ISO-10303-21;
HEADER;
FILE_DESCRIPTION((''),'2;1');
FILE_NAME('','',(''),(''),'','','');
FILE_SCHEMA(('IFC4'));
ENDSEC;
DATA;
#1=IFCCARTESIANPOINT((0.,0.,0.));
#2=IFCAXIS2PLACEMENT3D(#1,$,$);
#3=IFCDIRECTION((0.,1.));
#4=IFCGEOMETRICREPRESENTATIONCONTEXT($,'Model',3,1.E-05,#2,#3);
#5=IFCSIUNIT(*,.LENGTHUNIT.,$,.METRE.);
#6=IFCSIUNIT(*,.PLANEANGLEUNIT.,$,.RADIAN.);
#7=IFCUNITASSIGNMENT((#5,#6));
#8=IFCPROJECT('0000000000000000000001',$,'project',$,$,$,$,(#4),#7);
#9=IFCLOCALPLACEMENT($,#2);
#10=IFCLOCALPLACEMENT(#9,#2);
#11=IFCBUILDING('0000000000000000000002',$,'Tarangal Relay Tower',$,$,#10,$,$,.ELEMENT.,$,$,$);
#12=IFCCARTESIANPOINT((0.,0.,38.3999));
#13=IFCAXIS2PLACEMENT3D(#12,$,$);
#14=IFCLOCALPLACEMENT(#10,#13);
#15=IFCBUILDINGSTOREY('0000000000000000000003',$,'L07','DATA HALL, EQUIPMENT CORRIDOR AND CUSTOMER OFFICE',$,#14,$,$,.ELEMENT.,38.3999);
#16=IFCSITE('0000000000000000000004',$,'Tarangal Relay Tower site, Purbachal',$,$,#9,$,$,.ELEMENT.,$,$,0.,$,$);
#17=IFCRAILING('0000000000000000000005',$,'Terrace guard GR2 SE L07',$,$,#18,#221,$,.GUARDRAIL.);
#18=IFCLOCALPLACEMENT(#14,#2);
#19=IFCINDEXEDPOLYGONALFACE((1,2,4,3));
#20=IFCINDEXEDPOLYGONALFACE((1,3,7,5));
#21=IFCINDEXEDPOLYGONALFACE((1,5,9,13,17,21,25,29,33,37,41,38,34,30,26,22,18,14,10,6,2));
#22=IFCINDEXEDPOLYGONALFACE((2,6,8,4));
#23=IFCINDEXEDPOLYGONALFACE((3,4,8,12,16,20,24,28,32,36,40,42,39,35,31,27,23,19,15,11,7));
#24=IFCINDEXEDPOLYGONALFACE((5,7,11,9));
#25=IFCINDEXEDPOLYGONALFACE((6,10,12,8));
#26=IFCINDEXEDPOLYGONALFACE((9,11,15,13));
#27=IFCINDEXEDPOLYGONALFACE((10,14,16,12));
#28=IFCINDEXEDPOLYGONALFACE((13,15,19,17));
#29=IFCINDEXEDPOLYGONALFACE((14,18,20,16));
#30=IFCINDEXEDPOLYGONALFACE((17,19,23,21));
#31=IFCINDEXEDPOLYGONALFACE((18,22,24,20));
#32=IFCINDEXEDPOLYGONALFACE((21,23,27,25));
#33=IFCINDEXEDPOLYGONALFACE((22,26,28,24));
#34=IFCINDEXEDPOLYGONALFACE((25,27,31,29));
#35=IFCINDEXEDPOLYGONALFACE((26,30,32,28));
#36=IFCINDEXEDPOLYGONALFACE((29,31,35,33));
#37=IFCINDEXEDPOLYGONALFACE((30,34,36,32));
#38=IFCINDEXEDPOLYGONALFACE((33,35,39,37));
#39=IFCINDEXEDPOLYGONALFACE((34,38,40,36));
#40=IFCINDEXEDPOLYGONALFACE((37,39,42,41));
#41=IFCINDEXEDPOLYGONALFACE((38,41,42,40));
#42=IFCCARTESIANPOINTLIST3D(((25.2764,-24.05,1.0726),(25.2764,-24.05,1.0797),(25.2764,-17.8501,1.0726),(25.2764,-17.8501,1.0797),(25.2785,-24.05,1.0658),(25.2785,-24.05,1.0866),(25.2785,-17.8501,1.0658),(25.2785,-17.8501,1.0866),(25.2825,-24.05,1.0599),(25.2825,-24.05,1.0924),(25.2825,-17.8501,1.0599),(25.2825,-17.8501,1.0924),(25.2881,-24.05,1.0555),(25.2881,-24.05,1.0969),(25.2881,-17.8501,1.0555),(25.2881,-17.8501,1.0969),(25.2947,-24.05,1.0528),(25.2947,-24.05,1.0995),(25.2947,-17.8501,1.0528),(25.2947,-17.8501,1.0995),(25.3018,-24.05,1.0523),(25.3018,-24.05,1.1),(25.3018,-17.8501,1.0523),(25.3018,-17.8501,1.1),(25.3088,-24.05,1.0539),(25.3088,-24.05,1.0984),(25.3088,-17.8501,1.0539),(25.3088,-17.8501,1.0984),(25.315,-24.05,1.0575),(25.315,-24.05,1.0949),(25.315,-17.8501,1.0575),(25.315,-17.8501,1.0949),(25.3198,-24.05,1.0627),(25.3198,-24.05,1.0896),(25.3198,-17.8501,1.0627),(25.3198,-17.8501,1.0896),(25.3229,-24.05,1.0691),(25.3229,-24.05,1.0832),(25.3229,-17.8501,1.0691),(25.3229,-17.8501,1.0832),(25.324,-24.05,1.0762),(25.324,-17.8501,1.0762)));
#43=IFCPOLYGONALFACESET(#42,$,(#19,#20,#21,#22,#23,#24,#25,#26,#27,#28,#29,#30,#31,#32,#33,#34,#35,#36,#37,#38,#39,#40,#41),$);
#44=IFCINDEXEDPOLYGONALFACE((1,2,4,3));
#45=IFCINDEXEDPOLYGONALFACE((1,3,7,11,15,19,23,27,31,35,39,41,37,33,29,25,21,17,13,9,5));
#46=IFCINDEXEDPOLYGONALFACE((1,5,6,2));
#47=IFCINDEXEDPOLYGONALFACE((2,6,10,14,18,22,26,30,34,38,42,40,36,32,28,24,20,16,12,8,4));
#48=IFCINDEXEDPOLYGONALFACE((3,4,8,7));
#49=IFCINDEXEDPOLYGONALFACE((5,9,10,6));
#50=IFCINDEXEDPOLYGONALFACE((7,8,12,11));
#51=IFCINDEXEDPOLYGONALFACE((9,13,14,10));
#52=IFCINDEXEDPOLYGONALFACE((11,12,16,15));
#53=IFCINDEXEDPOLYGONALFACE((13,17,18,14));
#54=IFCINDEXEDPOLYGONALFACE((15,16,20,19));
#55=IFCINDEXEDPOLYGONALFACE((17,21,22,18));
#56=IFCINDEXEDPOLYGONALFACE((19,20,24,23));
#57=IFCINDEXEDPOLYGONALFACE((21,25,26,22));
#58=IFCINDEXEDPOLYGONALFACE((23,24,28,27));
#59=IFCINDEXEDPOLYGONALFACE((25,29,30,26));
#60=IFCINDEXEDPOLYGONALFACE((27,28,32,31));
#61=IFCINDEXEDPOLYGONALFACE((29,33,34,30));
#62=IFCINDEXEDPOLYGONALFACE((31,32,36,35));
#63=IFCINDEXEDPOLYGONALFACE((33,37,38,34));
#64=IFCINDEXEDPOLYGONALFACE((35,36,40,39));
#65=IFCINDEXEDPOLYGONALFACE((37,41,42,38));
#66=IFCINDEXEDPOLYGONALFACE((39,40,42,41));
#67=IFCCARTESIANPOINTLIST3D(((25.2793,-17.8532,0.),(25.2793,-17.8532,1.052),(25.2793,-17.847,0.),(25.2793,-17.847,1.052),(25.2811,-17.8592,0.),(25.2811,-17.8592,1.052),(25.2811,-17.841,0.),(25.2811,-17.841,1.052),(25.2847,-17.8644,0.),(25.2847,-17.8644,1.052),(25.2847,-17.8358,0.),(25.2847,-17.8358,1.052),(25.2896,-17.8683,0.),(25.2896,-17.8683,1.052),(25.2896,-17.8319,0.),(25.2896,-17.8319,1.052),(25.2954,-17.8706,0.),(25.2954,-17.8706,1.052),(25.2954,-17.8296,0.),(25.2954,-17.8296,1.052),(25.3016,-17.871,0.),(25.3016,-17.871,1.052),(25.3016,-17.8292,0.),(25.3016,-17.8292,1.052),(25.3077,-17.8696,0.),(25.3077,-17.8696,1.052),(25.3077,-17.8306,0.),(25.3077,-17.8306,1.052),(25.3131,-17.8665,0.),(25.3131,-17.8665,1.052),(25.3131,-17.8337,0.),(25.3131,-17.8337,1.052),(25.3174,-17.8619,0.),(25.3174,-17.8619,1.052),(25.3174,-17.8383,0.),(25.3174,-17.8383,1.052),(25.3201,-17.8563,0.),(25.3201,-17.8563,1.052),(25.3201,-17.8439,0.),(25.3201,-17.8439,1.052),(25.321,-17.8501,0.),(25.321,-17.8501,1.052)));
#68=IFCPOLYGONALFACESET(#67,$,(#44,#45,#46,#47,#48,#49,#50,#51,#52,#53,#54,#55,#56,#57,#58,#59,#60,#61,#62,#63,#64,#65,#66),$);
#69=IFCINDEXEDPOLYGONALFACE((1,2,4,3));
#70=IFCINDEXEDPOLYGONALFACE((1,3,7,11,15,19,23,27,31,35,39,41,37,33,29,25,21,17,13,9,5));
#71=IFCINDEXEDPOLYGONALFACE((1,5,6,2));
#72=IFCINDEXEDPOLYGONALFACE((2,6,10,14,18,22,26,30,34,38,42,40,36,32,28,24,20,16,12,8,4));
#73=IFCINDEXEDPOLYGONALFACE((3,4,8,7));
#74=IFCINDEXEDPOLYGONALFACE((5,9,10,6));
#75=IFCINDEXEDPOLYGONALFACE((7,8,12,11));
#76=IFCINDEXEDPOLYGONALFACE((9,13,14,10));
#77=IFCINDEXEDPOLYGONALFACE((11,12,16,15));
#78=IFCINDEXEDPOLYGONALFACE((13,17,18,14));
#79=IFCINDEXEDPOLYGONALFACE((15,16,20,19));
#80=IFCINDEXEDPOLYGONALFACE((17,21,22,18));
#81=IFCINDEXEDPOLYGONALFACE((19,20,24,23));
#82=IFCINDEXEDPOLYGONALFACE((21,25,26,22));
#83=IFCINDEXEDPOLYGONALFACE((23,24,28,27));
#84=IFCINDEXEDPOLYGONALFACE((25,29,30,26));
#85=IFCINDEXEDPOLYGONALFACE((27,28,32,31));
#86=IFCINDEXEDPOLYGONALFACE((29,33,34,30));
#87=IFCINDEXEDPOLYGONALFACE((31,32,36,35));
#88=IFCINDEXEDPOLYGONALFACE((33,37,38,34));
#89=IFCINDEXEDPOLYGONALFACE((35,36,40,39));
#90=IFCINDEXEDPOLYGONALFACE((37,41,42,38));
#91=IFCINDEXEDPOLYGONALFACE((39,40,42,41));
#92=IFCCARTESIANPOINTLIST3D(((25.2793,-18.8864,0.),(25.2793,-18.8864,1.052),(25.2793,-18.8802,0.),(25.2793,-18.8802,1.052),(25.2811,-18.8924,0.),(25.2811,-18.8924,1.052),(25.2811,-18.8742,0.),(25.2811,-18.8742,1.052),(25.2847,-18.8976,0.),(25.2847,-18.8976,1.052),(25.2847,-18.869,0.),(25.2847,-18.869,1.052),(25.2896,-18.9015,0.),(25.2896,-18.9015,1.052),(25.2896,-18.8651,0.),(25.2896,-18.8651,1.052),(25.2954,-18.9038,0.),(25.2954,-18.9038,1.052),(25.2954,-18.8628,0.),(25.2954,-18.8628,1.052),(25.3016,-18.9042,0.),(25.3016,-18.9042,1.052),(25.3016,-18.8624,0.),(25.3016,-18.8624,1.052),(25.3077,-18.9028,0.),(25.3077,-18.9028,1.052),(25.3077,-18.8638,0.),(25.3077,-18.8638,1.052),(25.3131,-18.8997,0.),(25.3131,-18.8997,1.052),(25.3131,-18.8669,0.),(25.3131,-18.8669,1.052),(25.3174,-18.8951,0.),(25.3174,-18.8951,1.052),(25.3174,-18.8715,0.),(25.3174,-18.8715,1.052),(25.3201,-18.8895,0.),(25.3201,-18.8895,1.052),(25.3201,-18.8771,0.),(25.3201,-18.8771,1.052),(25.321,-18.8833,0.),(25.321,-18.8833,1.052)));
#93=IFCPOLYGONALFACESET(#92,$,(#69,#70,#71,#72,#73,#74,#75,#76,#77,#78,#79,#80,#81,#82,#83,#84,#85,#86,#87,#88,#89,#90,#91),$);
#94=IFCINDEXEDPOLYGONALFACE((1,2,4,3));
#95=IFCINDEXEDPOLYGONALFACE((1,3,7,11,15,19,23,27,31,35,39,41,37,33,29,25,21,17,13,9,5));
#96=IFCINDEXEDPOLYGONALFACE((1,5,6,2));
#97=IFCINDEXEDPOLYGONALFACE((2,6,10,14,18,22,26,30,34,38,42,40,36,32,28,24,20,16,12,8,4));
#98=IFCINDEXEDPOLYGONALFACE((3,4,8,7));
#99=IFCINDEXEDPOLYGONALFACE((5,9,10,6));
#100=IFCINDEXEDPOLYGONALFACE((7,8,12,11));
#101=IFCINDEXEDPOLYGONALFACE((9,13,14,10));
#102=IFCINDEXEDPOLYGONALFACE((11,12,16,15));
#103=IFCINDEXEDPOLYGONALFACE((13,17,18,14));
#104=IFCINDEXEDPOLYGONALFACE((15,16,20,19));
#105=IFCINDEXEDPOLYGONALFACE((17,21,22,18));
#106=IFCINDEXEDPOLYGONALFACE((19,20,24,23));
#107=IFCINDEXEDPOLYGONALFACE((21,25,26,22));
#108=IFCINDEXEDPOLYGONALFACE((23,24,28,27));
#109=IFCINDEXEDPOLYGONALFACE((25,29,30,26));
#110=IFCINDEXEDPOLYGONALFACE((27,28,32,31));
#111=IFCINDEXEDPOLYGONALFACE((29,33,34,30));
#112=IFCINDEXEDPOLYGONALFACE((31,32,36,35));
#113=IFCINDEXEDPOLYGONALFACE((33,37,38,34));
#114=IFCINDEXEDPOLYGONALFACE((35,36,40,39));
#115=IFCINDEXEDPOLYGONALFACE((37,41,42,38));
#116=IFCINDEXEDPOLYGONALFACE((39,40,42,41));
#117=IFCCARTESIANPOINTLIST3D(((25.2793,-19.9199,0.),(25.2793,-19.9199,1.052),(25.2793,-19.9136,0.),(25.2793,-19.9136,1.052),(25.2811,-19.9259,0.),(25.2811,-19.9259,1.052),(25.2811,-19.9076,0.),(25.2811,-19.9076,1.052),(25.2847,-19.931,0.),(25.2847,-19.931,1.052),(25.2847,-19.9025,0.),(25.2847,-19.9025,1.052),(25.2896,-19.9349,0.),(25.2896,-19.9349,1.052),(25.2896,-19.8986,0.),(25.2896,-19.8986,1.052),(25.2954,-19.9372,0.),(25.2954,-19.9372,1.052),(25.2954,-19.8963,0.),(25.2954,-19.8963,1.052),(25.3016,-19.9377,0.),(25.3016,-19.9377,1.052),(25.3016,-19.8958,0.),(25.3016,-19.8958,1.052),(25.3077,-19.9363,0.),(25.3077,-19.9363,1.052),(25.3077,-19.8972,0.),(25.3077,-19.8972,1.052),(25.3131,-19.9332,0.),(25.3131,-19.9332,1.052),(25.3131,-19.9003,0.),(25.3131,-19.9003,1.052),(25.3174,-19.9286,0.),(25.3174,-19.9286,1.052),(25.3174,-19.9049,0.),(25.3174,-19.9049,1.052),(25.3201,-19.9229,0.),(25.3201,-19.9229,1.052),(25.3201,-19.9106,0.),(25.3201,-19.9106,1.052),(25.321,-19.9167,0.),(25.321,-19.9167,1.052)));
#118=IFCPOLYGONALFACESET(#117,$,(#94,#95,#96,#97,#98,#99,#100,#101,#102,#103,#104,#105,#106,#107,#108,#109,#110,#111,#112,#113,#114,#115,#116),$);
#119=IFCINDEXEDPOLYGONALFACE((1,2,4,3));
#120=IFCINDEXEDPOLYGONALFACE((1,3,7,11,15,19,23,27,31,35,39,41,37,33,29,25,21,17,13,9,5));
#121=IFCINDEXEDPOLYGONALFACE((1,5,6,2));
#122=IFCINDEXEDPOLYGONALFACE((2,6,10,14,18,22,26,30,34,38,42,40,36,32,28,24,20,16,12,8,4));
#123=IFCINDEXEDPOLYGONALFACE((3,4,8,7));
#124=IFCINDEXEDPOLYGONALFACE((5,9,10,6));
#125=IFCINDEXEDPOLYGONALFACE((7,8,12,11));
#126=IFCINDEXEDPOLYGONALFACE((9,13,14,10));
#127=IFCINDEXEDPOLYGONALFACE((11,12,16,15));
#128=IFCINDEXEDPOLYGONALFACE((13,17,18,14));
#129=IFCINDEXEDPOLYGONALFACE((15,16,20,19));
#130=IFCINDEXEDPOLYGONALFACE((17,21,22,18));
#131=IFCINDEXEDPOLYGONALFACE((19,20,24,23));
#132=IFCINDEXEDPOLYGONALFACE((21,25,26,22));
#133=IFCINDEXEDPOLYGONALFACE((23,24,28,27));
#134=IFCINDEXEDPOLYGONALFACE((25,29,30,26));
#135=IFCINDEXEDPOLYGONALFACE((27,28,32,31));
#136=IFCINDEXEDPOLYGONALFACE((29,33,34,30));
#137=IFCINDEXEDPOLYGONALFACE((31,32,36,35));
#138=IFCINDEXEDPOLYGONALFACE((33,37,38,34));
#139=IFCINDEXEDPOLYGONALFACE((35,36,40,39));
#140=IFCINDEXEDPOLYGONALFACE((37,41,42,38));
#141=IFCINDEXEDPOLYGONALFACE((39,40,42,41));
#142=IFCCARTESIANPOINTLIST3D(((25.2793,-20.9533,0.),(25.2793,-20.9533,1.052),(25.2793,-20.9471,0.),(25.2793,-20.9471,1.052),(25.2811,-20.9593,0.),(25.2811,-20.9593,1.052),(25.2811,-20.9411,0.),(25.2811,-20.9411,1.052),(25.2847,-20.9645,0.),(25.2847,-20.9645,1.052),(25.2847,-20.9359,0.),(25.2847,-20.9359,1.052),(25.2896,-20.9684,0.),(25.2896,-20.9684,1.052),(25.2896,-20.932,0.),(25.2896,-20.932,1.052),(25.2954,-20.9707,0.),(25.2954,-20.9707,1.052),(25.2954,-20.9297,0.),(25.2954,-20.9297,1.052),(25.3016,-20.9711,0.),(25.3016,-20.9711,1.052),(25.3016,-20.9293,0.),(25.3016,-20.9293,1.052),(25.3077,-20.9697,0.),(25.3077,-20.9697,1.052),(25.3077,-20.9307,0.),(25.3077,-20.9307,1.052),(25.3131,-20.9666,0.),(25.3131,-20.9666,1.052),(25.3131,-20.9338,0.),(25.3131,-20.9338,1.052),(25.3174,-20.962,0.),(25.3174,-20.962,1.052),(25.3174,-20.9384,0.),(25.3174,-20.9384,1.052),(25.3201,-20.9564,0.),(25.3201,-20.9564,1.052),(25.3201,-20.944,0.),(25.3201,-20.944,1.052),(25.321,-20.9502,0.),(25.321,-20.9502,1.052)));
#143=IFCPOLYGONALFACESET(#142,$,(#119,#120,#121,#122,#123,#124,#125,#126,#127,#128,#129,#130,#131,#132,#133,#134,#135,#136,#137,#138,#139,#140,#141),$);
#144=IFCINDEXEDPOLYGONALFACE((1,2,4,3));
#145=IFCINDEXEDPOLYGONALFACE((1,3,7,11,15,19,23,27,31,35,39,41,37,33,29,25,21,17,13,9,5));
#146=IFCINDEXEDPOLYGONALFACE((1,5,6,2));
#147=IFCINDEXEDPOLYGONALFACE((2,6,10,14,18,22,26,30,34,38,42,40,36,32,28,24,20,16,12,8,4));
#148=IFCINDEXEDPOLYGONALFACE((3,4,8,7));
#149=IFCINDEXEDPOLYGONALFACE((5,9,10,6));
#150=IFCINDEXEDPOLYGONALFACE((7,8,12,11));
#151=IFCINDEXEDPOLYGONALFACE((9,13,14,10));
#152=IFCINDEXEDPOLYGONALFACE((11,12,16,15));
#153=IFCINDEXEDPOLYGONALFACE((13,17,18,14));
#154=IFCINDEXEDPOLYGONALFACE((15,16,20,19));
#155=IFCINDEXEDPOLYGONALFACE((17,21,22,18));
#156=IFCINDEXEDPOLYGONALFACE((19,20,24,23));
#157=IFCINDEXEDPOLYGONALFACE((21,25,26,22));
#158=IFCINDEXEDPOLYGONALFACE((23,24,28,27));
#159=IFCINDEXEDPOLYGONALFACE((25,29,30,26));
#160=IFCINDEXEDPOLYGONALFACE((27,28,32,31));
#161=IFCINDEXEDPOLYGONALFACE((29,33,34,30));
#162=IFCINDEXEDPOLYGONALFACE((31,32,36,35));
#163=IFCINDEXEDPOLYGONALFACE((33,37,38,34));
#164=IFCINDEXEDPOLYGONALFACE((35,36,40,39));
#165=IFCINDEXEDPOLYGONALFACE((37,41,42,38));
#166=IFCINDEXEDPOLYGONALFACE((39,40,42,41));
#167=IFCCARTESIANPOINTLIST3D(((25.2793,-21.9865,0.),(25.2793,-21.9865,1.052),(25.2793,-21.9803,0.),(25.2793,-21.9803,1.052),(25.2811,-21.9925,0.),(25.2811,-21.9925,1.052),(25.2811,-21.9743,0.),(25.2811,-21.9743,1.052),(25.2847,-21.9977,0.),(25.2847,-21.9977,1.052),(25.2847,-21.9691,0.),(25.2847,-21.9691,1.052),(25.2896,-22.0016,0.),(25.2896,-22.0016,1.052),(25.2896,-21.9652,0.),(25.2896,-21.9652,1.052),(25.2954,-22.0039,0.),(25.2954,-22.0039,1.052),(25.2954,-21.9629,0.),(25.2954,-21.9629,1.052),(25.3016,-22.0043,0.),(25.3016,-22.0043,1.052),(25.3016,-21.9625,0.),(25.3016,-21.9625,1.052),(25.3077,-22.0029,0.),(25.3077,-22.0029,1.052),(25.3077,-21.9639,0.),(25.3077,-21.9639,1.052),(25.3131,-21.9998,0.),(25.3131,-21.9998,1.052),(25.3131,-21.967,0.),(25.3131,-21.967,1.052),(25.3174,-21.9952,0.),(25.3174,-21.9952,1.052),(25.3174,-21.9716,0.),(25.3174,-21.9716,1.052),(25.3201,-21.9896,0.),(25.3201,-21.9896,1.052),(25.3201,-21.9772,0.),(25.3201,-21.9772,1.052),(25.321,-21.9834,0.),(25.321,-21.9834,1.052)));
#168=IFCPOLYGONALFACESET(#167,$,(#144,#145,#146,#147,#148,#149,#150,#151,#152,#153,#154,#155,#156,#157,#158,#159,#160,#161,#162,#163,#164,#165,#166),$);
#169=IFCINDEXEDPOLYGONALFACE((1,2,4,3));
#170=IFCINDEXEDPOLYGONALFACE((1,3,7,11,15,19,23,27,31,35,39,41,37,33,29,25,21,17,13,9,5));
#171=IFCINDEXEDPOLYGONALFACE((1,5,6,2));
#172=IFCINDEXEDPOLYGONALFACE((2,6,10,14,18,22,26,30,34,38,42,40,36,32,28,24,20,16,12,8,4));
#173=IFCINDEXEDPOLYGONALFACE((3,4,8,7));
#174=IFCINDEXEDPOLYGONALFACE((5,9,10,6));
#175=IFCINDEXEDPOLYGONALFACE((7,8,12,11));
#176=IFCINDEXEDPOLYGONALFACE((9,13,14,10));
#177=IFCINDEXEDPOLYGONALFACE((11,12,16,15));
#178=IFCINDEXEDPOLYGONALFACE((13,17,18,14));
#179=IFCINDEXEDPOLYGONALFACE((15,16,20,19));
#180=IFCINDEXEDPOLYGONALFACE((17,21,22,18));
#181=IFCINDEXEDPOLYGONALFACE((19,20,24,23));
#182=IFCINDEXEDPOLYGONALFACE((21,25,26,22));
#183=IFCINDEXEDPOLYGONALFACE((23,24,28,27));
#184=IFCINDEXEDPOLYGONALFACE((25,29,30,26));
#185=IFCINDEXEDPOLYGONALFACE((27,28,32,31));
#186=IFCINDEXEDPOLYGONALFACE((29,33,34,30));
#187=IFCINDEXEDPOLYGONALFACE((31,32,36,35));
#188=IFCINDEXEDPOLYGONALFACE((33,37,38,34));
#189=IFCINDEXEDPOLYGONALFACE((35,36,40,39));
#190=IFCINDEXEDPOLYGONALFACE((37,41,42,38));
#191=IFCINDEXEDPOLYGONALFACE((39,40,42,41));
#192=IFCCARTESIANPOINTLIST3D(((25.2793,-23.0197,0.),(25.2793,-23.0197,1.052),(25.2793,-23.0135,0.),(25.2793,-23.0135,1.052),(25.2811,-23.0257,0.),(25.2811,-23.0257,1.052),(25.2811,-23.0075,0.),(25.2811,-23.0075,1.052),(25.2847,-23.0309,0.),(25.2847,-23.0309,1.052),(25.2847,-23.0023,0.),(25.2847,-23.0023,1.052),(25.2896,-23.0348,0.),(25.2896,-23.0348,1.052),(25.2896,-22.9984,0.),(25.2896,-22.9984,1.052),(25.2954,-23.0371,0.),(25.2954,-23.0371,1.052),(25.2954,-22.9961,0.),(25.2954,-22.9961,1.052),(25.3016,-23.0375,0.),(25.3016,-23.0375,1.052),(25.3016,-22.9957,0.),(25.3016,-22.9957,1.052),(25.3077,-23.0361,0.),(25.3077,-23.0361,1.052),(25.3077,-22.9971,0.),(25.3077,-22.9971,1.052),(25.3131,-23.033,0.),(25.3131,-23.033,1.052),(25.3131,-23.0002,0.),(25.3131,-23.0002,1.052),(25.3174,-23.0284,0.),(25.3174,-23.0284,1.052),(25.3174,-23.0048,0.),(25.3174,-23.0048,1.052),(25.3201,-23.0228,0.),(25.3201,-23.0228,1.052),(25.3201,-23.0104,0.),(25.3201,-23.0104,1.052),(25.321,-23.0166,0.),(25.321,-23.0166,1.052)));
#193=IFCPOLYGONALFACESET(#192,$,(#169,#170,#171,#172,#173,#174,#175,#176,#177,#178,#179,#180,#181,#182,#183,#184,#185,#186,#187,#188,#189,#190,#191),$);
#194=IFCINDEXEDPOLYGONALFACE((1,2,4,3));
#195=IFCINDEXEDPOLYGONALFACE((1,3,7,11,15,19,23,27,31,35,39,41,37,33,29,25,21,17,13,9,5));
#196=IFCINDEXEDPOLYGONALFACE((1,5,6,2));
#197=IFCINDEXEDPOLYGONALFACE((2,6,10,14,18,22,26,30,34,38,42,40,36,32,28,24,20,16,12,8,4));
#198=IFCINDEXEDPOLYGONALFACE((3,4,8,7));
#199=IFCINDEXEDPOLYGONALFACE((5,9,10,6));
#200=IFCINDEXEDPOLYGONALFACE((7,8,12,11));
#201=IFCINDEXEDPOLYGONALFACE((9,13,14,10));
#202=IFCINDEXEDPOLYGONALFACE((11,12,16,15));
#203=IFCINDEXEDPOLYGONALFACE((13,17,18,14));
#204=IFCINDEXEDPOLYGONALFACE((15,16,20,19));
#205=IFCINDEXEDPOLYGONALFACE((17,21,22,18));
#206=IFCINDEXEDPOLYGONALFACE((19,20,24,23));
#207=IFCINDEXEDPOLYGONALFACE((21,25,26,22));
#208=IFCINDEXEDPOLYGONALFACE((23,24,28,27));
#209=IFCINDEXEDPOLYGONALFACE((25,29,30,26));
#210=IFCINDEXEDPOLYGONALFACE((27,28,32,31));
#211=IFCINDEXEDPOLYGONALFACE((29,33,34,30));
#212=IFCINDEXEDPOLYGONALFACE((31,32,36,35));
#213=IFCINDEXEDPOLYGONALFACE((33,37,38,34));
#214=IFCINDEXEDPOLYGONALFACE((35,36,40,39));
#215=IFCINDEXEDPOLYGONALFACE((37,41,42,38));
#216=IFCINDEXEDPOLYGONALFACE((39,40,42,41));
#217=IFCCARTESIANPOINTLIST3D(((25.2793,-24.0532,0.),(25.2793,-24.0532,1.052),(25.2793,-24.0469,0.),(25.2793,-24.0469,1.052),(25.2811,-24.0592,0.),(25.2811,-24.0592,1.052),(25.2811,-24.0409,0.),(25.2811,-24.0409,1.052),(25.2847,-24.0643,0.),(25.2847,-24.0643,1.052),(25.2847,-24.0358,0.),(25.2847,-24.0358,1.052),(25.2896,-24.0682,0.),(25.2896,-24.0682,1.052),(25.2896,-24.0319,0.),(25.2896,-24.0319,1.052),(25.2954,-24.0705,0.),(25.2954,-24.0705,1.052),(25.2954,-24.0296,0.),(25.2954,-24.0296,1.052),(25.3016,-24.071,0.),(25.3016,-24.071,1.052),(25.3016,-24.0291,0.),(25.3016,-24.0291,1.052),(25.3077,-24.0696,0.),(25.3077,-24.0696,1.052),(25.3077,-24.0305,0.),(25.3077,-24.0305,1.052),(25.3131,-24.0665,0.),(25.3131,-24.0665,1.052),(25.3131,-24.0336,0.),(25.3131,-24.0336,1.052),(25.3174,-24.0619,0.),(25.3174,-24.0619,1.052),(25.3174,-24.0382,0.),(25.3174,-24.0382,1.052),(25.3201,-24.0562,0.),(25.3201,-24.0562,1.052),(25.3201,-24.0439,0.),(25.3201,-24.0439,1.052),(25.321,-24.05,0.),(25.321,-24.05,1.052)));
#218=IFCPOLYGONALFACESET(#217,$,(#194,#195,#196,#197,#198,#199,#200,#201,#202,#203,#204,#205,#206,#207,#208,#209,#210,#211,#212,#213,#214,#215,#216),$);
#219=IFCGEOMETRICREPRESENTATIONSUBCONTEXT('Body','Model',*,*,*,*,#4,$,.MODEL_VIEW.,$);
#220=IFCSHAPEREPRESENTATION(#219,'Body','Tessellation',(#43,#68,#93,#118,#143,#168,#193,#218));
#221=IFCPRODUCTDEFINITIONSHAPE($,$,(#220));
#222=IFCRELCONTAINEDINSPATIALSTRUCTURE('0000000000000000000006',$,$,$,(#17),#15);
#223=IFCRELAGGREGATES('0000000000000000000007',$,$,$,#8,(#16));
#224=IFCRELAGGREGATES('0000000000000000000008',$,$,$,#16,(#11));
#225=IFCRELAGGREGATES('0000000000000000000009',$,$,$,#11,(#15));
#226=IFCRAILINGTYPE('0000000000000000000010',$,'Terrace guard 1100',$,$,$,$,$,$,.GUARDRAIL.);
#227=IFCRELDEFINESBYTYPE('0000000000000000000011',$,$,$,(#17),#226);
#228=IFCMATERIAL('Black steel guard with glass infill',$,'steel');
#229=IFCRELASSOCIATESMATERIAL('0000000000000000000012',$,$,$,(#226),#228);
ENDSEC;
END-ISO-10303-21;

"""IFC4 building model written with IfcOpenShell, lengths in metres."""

from ifc_helpers import new_model, si_unit, direction, frame, origin, origin_2d, place, context, subcontext, project, spatial, circle, extrude, material, type_object, element, save


model = new_model("IFC4")

# Units and contexts
model_context = context("Model", 3, precision=1e-05, world=origin(), true_north=direction((0.0, 1.0)))
body_context = subcontext(model_context, "Body", "Model", "MODEL_VIEW")
ifc_project = project(units=[si_unit("LENGTHUNIT", "METRE"), si_unit("PLANEANGLEUNIT", "RADIAN")], contexts=[model_context])

# Site, building, storey
site_placement = place(None, origin())
site = spatial("IfcSite", under=ifc_project, at=site_placement, Name="Tarangal Relay Tower site, Purbachal", CompositionType="ELEMENT", RefElevation=0.0)
building_placement = place(site_placement, origin())
building = spatial("IfcBuilding", under=site, at=building_placement, Name="Tarangal Relay Tower", CompositionType="ELEMENT")
storey_placement = place(building_placement, frame((0.0, 0.0, 38.3999)))
storey = spatial("IfcBuildingStorey", under=building, at=storey_placement, Name="L07", Description="DATA HALL, EQUIPMENT CORRIDOR AND CUSTOMER OFFICE", CompositionType="ELEMENT", Elevation=38.3999)

# Railing
ifc_material_1 = material(Name="Black steel guard with glass infill", Category="steel")
railing_type = type_object("IfcRailingType", Name="Terrace guard 1100", PredefinedType="GUARDRAIL", material=ifc_material_1)
railing_1_placement = place(storey_placement, frame((25.3, -17.8501, 0.0)))
element("IfcRailing", 1, at=railing_1_placement, inside=storey, type_object=railing_type, Name="Terrace guard GR2 SE L07", PredefinedType="GUARDRAIL", context=body_context, shape_type="SweptSolid", body=[
    extrude(circle(Radius=0.0239, at=origin_2d()), frame((0.0, 0.0, 1.0762), z_axis=(0.0, -1.0, 0.0), x_axis=(1.0, 0.0, 0.0)), (0.0, 0.0, 1.0), 6.2),
    extrude(circle(Radius=0.021, at=origin_2d()), origin(), (0.0, 0.0, 1.0), 1.052),
    extrude(circle(Radius=0.021, at=origin_2d()), frame((0.0, -1.0332, 0.0)), (0.0, 0.0, 1.0), 1.052),
    extrude(circle(Radius=0.021, at=origin_2d()), frame((0.0, -2.0667, 0.0)), (0.0, 0.0, 1.0), 1.052),
    extrude(circle(Radius=0.021, at=origin_2d()), frame((0.0, -3.1001, 0.0)), (0.0, 0.0, 1.0), 1.052),
    extrude(circle(Radius=0.021, at=origin_2d()), frame((0.0, -4.1333, 0.0)), (0.0, 0.0, 1.0), 1.052),
    extrude(circle(Radius=0.021, at=origin_2d()), frame((0.0, -5.1665, 0.0)), (0.0, 0.0, 1.0), 1.052),
    extrude(circle(Radius=0.021, at=origin_2d()), frame((0.0, -6.2, 0.0)), (0.0, 0.0, 1.0), 1.052),
])

save(model, "model.ifc")
